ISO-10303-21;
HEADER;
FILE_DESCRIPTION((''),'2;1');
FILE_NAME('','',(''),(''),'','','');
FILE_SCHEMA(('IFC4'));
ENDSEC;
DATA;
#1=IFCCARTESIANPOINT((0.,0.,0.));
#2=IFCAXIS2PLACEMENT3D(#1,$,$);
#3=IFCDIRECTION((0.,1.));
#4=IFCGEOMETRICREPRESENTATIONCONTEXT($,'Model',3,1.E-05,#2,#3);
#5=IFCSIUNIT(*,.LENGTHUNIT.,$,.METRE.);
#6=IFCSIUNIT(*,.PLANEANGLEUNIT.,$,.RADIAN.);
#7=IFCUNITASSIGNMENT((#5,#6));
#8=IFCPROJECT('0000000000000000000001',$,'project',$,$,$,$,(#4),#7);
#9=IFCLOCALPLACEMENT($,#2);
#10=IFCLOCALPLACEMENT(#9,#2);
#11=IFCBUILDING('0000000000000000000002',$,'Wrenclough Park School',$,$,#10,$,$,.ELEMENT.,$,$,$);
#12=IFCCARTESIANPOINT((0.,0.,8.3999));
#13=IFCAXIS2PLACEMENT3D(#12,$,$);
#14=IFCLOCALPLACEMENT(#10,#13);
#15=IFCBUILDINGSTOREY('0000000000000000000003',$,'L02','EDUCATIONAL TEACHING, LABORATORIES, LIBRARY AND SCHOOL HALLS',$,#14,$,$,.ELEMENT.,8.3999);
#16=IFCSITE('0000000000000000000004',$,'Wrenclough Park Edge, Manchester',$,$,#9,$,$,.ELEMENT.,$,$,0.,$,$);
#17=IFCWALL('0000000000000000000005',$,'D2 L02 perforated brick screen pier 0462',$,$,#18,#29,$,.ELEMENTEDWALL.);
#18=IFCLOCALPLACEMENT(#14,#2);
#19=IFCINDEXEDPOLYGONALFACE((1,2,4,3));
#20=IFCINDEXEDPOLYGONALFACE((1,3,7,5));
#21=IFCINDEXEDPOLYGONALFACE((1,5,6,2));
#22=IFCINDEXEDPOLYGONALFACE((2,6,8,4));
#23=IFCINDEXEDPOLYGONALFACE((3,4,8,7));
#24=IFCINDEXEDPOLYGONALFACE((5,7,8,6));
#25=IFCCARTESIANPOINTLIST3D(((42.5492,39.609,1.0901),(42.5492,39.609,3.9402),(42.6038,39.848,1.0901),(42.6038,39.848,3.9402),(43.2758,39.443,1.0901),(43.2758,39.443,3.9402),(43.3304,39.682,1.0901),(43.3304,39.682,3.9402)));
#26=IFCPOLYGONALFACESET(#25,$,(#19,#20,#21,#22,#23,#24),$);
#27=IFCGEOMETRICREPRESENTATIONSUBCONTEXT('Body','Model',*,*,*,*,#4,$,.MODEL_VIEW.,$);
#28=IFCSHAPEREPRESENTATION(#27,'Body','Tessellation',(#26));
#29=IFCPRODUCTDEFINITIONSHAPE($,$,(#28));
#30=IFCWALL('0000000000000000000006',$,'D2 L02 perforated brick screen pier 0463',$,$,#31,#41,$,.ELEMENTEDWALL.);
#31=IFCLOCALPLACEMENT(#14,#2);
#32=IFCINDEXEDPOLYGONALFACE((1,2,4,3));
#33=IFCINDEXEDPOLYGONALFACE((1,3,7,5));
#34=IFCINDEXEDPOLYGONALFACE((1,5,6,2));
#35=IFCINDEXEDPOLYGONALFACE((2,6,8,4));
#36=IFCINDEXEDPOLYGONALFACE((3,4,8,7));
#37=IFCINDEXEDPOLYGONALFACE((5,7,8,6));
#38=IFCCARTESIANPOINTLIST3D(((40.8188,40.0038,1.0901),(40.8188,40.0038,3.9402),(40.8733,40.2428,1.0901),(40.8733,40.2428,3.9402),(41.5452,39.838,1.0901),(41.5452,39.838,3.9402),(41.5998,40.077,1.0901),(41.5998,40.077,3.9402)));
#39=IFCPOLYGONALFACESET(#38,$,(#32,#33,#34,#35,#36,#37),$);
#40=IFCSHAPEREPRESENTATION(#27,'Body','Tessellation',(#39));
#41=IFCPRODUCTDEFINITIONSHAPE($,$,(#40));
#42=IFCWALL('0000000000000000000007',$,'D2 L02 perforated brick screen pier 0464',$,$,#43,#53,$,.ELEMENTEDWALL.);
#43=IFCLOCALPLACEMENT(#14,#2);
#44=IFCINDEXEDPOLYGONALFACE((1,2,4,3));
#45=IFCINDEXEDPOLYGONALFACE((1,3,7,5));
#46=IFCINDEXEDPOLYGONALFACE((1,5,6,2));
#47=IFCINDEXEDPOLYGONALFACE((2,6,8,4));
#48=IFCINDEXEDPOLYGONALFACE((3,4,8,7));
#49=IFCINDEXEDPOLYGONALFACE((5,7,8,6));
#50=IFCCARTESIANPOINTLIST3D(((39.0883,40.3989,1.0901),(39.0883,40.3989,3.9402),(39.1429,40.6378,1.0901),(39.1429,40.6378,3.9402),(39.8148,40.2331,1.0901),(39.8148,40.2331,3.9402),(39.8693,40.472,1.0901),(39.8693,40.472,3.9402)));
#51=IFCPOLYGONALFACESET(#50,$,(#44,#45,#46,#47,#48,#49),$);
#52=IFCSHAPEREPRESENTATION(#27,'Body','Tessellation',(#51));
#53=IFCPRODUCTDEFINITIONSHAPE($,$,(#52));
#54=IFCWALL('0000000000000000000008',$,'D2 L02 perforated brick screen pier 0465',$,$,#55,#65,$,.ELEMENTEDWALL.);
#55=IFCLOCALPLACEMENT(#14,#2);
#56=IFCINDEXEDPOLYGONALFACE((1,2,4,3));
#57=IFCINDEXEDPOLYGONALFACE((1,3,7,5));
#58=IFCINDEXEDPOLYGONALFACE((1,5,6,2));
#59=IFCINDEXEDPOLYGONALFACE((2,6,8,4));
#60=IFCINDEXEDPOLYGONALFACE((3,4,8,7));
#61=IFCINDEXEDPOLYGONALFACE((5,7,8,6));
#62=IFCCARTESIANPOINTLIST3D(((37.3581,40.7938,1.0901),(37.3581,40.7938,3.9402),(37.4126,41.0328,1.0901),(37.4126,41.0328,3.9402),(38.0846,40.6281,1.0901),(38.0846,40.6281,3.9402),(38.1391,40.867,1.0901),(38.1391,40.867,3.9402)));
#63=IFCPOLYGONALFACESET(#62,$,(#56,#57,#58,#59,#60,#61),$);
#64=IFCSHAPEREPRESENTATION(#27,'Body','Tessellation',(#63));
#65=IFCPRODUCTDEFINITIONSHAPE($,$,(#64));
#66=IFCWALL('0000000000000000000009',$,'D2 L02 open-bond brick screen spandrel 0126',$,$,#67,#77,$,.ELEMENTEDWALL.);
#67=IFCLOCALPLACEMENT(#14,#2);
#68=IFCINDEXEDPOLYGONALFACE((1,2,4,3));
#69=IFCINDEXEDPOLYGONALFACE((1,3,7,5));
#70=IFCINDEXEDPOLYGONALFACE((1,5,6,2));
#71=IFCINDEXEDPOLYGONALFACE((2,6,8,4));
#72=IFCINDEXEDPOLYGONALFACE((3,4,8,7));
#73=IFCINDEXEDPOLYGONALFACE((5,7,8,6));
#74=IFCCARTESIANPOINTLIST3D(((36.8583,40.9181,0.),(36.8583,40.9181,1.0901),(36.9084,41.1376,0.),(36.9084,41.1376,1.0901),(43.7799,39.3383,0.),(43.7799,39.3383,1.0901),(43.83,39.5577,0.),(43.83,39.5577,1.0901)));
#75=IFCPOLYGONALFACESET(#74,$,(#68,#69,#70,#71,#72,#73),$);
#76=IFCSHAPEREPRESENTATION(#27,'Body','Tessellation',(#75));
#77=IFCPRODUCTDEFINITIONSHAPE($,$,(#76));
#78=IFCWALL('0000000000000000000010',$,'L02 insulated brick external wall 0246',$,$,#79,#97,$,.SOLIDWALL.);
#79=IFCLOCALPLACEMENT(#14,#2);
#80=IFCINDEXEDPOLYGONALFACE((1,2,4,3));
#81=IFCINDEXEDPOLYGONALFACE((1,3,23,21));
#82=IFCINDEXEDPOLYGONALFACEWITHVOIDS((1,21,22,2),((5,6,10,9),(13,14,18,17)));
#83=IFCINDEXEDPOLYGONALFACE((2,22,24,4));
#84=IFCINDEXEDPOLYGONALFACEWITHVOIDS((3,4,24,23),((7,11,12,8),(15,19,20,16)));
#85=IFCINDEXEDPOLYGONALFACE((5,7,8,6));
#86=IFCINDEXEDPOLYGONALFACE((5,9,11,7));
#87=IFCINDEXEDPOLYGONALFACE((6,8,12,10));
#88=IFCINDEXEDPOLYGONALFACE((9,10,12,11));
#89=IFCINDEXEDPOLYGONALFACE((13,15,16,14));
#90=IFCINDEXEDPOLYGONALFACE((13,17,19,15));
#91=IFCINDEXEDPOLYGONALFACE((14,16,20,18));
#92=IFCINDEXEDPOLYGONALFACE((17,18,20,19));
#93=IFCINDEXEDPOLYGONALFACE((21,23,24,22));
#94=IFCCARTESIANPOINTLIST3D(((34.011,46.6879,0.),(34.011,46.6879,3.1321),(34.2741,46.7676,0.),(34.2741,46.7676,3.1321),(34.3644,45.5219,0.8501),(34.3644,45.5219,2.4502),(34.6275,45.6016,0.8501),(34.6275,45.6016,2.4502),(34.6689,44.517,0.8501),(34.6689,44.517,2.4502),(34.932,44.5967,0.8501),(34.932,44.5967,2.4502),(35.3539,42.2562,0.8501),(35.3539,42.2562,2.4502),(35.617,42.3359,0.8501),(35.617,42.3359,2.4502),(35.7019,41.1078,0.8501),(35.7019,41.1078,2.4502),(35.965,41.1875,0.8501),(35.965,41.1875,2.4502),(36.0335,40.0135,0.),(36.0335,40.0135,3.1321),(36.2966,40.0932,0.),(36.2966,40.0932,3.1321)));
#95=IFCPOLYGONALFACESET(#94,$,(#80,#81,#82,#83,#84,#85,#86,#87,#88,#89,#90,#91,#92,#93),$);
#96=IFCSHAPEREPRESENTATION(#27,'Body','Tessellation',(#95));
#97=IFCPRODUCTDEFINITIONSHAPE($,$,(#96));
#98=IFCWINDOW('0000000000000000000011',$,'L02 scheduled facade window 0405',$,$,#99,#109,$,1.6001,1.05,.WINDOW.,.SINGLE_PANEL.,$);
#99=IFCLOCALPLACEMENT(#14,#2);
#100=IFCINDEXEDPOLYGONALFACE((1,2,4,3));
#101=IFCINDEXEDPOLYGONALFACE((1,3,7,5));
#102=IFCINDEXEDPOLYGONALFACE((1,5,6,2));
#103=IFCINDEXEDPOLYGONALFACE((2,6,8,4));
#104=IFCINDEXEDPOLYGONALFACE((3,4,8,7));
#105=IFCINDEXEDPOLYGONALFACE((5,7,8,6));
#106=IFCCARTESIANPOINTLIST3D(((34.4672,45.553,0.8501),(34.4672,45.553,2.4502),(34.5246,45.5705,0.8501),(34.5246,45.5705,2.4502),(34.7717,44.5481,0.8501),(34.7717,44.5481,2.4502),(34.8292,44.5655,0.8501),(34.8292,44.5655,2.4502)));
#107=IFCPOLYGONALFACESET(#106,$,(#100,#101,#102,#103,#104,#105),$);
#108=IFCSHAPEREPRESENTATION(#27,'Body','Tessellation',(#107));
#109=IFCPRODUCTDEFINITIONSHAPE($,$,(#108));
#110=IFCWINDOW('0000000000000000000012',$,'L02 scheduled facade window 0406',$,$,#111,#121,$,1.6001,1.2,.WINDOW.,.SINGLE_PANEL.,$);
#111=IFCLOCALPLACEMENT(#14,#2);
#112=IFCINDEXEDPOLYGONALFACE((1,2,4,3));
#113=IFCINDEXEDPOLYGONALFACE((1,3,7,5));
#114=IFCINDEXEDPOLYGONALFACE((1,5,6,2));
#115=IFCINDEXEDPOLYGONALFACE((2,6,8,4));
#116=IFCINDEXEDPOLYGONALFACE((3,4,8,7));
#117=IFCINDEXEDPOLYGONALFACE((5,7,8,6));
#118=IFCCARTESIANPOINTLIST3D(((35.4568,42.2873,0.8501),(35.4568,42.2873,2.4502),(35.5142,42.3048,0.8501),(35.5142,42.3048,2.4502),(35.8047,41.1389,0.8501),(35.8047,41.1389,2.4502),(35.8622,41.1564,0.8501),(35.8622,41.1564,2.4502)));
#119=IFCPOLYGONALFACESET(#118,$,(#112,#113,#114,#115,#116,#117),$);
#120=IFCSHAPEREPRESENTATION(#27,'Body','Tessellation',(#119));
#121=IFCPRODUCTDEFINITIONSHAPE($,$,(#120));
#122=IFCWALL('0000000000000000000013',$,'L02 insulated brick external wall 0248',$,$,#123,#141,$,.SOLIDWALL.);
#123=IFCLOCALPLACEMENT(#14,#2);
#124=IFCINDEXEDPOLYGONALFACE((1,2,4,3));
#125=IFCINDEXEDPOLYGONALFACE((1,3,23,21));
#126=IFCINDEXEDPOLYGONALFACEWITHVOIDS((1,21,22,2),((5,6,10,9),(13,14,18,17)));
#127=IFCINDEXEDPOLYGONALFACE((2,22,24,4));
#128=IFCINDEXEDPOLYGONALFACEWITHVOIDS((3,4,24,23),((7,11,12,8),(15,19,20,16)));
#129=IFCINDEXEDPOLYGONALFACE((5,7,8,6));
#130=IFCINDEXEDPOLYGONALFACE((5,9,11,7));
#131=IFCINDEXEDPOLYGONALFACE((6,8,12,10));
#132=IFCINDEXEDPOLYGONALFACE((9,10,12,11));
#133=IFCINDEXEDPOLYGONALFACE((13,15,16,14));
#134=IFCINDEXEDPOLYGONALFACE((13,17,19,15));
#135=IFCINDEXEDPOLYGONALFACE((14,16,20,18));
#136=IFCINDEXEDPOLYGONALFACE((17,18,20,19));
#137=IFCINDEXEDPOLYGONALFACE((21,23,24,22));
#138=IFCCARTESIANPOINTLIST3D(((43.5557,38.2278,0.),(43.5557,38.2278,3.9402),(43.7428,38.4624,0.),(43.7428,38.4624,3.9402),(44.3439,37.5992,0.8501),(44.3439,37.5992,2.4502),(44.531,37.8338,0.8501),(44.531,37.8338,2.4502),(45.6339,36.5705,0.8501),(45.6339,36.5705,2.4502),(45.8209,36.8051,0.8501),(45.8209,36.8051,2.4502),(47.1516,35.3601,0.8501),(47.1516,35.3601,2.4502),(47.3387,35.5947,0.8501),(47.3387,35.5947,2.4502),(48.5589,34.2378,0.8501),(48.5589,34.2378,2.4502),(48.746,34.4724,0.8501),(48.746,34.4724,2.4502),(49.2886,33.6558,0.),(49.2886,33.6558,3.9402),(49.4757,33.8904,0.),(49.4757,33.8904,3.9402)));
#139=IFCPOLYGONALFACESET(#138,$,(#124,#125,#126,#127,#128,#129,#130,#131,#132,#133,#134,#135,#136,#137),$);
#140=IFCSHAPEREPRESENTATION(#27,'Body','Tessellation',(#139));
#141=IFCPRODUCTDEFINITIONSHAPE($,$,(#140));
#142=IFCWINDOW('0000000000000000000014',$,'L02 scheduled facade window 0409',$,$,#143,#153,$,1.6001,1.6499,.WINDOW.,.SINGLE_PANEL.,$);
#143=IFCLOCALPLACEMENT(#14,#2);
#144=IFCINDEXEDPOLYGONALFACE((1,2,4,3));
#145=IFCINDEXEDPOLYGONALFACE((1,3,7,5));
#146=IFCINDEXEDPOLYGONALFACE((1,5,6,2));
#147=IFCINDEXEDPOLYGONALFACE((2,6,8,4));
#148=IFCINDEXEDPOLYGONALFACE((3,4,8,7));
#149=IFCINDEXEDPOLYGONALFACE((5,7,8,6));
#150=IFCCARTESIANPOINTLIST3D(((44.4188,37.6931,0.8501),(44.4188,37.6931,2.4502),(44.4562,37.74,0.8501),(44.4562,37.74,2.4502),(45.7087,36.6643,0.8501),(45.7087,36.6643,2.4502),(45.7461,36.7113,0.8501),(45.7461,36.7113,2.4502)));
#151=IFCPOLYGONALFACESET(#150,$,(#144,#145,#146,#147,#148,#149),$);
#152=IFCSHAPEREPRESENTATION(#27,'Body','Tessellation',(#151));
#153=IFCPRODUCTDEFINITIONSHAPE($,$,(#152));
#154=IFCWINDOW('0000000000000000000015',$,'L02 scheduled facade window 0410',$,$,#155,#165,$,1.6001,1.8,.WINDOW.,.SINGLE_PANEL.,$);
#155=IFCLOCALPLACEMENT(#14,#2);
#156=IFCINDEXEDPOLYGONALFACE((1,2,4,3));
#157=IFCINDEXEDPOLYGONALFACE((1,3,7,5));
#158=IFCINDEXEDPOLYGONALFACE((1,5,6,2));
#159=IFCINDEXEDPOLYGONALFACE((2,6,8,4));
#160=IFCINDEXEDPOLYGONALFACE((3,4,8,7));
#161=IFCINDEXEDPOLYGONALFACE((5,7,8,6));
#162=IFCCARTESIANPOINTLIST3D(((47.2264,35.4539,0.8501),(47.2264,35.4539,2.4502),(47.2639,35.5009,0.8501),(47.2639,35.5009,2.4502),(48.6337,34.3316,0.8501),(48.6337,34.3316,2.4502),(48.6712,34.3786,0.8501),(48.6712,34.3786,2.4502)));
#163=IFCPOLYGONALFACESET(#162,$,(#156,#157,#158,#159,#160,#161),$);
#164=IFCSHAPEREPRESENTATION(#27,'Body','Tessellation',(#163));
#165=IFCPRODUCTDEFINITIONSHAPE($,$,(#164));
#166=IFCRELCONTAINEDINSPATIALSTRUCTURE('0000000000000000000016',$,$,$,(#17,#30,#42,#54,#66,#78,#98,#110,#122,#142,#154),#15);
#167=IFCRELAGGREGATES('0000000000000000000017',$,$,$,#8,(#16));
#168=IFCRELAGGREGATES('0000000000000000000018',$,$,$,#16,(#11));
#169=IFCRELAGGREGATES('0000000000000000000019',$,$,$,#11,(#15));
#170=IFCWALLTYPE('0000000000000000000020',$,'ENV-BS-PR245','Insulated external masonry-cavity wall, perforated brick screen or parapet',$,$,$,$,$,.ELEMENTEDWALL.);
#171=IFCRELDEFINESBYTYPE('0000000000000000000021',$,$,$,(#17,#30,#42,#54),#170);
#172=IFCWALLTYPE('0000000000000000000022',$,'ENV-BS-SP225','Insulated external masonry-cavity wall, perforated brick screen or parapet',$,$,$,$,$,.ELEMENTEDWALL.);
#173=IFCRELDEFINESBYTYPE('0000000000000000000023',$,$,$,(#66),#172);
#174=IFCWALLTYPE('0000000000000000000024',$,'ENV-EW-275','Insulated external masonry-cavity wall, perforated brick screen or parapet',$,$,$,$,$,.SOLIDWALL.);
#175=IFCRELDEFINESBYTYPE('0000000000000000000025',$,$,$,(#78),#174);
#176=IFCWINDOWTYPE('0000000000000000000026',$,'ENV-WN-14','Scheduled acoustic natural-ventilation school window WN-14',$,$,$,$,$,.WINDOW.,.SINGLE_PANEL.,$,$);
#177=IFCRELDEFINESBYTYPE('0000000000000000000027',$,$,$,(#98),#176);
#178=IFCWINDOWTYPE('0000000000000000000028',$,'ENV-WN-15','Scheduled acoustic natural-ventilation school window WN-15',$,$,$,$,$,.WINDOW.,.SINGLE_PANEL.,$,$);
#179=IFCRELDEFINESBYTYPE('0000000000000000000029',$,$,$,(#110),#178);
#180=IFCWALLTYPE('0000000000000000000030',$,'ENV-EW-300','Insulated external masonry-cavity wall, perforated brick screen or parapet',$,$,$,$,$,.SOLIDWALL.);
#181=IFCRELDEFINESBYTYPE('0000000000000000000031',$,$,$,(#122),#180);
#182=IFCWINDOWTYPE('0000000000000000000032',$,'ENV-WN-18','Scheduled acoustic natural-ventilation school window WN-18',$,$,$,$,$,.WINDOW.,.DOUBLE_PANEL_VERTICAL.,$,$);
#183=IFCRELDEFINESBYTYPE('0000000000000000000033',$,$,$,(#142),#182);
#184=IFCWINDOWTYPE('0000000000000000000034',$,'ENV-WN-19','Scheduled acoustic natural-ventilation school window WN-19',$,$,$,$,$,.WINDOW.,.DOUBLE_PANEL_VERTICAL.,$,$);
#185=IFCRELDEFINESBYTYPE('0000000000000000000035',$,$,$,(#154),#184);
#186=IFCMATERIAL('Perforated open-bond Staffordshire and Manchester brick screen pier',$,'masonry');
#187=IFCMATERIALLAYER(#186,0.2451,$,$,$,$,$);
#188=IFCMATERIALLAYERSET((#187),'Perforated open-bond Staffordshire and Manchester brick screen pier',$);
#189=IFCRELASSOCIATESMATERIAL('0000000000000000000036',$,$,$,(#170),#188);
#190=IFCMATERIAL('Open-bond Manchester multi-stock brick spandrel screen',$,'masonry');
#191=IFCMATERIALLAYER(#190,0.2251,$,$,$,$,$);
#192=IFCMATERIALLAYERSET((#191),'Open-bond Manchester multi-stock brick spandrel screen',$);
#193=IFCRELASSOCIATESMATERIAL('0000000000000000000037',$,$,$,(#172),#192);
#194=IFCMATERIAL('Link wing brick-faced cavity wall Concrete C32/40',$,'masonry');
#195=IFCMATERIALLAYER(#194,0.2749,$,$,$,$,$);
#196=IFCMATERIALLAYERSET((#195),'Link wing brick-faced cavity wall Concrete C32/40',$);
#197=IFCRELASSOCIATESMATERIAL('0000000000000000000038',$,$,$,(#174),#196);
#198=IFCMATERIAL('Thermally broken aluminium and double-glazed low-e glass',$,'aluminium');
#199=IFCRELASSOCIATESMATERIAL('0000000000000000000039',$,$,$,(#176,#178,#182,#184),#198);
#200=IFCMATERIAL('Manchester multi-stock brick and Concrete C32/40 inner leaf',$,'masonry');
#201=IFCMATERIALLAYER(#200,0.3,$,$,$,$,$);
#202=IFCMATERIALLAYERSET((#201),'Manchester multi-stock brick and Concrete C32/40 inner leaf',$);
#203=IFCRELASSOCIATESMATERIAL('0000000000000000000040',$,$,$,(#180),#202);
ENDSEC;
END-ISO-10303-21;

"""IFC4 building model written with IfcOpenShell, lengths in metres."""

from ifc_helpers import new_model, si_unit, direction, frame, frame_2d, origin, place, context, subcontext, project, spatial, rectangle, extrude, material, layer, layer_set, type_object, element, fill, save


model = new_model("IFC4")

# Units and contexts
model_context = context("Model", 3, precision=1e-05, world=origin(), true_north=direction((0.0, 1.0)))
body_context = subcontext(model_context, "Body", "Model", "MODEL_VIEW")
ifc_project = project(units=[si_unit("LENGTHUNIT", "METRE"), si_unit("PLANEANGLEUNIT", "RADIAN")], contexts=[model_context])

# Site, building, storey
site_placement = place(None, origin())
site = spatial("IfcSite", under=ifc_project, at=site_placement, Name="Wrenclough Park Edge, Manchester", CompositionType="ELEMENT", RefElevation=0.0)
building_placement = place(site_placement, origin())
building = spatial("IfcBuilding", under=site, at=building_placement, Name="Wrenclough Park School", CompositionType="ELEMENT")
storey_placement = place(building_placement, frame((0.0, 0.0, 8.3999)))
storey = spatial("IfcBuildingStorey", under=building, at=storey_placement, Name="L02", Description="EDUCATIONAL TEACHING, LABORATORIES, LIBRARY AND SCHOOL HALLS", CompositionType="ELEMENT", Elevation=8.3999)

# Walls
ifc_material_1 = material(Name="Perforated open-bond Staffordshire and Manchester brick screen pier", Category="masonry")
ifc_layer_1 = layer(ifc_material_1, 0.2451)
ifc_layer_set_1 = layer_set([ifc_layer_1], Name="Perforated open-bond Staffordshire and Manchester brick screen pier")
wall_type_1 = type_object("IfcWallType", Name="ENV-BS-PR245", Description="Insulated external masonry-cavity wall, perforated brick screen or parapet", PredefinedType="ELEMENTEDWALL", material=ifc_layer_set_1)
wall_1_placement = place(storey_placement, frame((43.303, 39.5625, 1.0901), z_axis=(0.0, 0.0, 1.0), x_axis=(-0.974875, 0.222754, 0.0)))
element("IfcWall", 1, at=wall_1_placement, inside=storey, type_object=wall_type_1, Name="D2 L02 perforated brick screen pier 0462", PredefinedType="ELEMENTEDWALL", context=body_context, shape_type="SweptSolid", body=[
    extrude(rectangle(XDim=0.7454, YDim=0.2451, at=frame_2d((0.3726, 0.0))), origin(), (0.0, 0.0, 1.0), 2.8501),
])
for number, where, z_axis, x_axis, name in (
    (2, (41.5725, 39.9575, 1.0901), (0.0, 0.0, 1.0), (-0.97493, 0.222513, 0.0), "D2 L02 perforated brick screen pier 0463"),
    (3, (39.842, 40.3525, 1.0901), (0.0, 0.0, 1.0), (-0.97493, 0.222513, 0.0), "D2 L02 perforated brick screen pier 0464"),
    (4, (38.1118, 40.7476, 1.0901), (0.0, 0.0, 1.0), (-0.974946, 0.222442, 0.0), "D2 L02 perforated brick screen pier 0465"),
):
    element("IfcWall", number, at=place(storey_placement, frame(where, z_axis=z_axis, x_axis=x_axis)), inside=storey, type_object=wall_type_1, Name=name, PredefinedType="ELEMENTEDWALL", context=body_context, shape_type="SweptSolid", body=[
        extrude(rectangle(XDim=0.7451, YDim=0.2451, at=frame_2d((0.3726, 0.0))), origin(), (0.0, 0.0, 1.0), 2.8501),
    ])
ifc_material_2 = material(Name="Open-bond Manchester multi-stock brick spandrel screen", Category="masonry")
ifc_layer_2 = layer(ifc_material_2, 0.2251)
ifc_layer_set_2 = layer_set([ifc_layer_2], Name="Open-bond Manchester multi-stock brick spandrel screen")
wall_type_2 = type_object("IfcWallType", Name="ENV-BS-SP225", Description="Insulated external masonry-cavity wall, perforated brick screen or parapet", PredefinedType="ELEMENTEDWALL", material=ifc_layer_set_2)
wall_2_placement = place(storey_placement, frame((43.8049, 39.448, 0.0), z_axis=(0.0, 0.0, 1.0), x_axis=(-0.974927, 0.222523, 0.0)))
element("IfcWall", 5, at=wall_2_placement, inside=storey, type_object=wall_type_2, Name="D2 L02 open-bond brick screen spandrel 0126", PredefinedType="ELEMENTEDWALL", context=body_context, shape_type="SweptSolid", body=[
    extrude(rectangle(XDim=7.0996, YDim=0.2251, at=frame_2d((3.5498, 0.0))), origin(), (0.0, 0.0, 1.0), 1.0901),
])

# Walls, openings, windows
ifc_material_3 = material(Name="Link wing brick-faced cavity wall Concrete C32/40", Category="masonry")
ifc_layer_3 = layer(ifc_material_3, 0.2749)
ifc_layer_set_3 = layer_set([ifc_layer_3], Name="Link wing brick-faced cavity wall Concrete C32/40")
wall_type_3 = type_object("IfcWallType", Name="ENV-EW-275", Description="Insulated external masonry-cavity wall, perforated brick screen or parapet", PredefinedType="SOLIDWALL", material=ifc_layer_set_3)
wall_3_placement = place(storey_placement, frame((34.1426, 46.7278, 0.0), z_axis=(0.0, 0.0, 1.0), x_axis=(0.29, -0.957027, 0.0)))
wall_3 = element("IfcWall", 6, at=wall_3_placement, inside=storey, type_object=wall_type_3, Name="L02 insulated brick external wall 0246", PredefinedType="SOLIDWALL", context=body_context, shape_type="SweptSolid", body=[
    extrude(rectangle(XDim=6.9741, YDim=0.2749, at=frame_2d((3.4871, 0.0))), origin(), (0.0, 0.0, 1.0), 3.1321),
])
opening_1_placement = place(wall_3_placement, frame((1.2185, 0.0, 0.8501)))
opening_1 = element("IfcOpeningElement", 7, at=opening_1_placement, cuts=wall_3, PredefinedType="OPENING", context=body_context, shape_type="SweptSolid", body=[
    extrude(rectangle(XDim=1.05, YDim=1.6001, at=frame_2d((0.5249, 0.8))), frame((0.0, 0.1475, 0.0), z_axis=(0.0, -1.0, 0.0), x_axis=(1.0, 0.0, 0.0)), (0.0, 0.0, 1.0), 0.2949),
])
opening_2_placement = place(wall_3_placement, frame((4.6306, 0.0, 0.8501)))
opening_2 = element("IfcOpeningElement", 8, at=opening_2_placement, cuts=wall_3, PredefinedType="OPENING", context=body_context, shape_type="SweptSolid", body=[
    extrude(rectangle(XDim=1.2, YDim=1.6001, at=frame_2d((0.6001, 0.8))), frame((0.0, 0.1475, 0.0), z_axis=(0.0, -1.0, 0.0), x_axis=(1.0, 0.0, 0.0)), (0.0, 0.0, 1.0), 0.2949),
])
ifc_material_4 = material(Name="Thermally broken aluminium and double-glazed low-e glass", Category="aluminium")
window_type_1 = type_object("IfcWindowType", Name="ENV-WN-14", Description="Scheduled acoustic natural-ventilation school window WN-14", PartitioningType="SINGLE_PANEL", PredefinedType="WINDOW", material=ifc_material_4)
window_1_placement = place(opening_1_placement, origin())
window_1 = element("IfcWindow", 9, at=window_1_placement, inside=storey, type_object=window_type_1, Name="L02 scheduled facade window 0405", OverallHeight=1.6001, OverallWidth=1.05, PartitioningType="SINGLE_PANEL", PredefinedType="WINDOW", context=body_context, shape_type="SweptSolid", body=[
    extrude(rectangle(XDim=1.05, YDim=1.6001, at=frame_2d((0.5249, 0.8))), frame((0.0, 0.03, 0.0), z_axis=(0.0, -1.0, 0.0), x_axis=(1.0, 0.0, 0.0)), (0.0, 0.0, 1.0), 0.0601),
])
fill(opening_1, window_1)
window_type_2 = type_object("IfcWindowType", Name="ENV-WN-15", Description="Scheduled acoustic natural-ventilation school window WN-15", PartitioningType="SINGLE_PANEL", PredefinedType="WINDOW", material=ifc_material_4)
window_2_placement = place(opening_2_placement, origin())
window_2 = element("IfcWindow", 10, at=window_2_placement, inside=storey, type_object=window_type_2, Name="L02 scheduled facade window 0406", OverallHeight=1.6001, OverallWidth=1.2, PartitioningType="SINGLE_PANEL", PredefinedType="WINDOW", context=body_context, shape_type="SweptSolid", body=[
    extrude(rectangle(XDim=1.2, YDim=1.6001, at=frame_2d((0.6001, 0.8))), frame((0.0, 0.03, 0.0), z_axis=(0.0, -1.0, 0.0), x_axis=(1.0, 0.0, 0.0)), (0.0, 0.0, 1.0), 0.0601),
])
fill(opening_2, window_2)
ifc_material_5 = material(Name="Manchester multi-stock brick and Concrete C32/40 inner leaf", Category="masonry")
ifc_layer_4 = layer(ifc_material_5, 0.3)
ifc_layer_set_4 = layer_set([ifc_layer_4], Name="Manchester multi-stock brick and Concrete C32/40 inner leaf")
wall_type_4 = type_object("IfcWallType", Name="ENV-EW-300", Description="Insulated external masonry-cavity wall, perforated brick screen or parapet", PredefinedType="SOLIDWALL", material=ifc_layer_set_4)
wall_4_placement = place(storey_placement, frame((43.6492, 38.3452, 0.0), z_axis=(0.0, 0.0, 1.0), x_axis=(0.78182, -0.623505, 0.0)))
wall_4 = element("IfcWall", 11, at=wall_4_placement, inside=storey, type_object=wall_type_4, Name="L02 insulated brick external wall 0248", PredefinedType="SOLIDWALL", context=body_context, shape_type="SweptSolid", body=[
    extrude(rectangle(XDim=7.3328, YDim=0.3, at=frame_2d((3.6665, 0.0))), origin(), (0.0, 0.0, 1.0), 3.9402),
])
opening_3_placement = place(wall_4_placement, frame((1.0083, 0.0, 0.8501)))
opening_3 = element("IfcOpeningElement", 12, at=opening_3_placement, cuts=wall_4, PredefinedType="OPENING", context=body_context, shape_type="SweptSolid", body=[
    extrude(rectangle(XDim=1.6499, YDim=1.6001, at=frame_2d((0.825, 0.8))), frame((0.0, 0.1599, 0.0), z_axis=(0.0, -1.0, 0.0), x_axis=(1.0, 0.0, 0.0)), (0.0, 0.0, 1.0), 0.3201),
])
opening_4_placement = place(wall_4_placement, frame((4.5996, 0.0, 0.8501)))
opening_4 = element("IfcOpeningElement", 13, at=opening_4_placement, cuts=wall_4, PredefinedType="OPENING", context=body_context, shape_type="SweptSolid", body=[
    extrude(rectangle(XDim=1.8, YDim=1.6001, at=frame_2d((0.8999, 0.8))), frame((0.0, 0.1599, 0.0), z_axis=(0.0, -1.0, 0.0), x_axis=(1.0, 0.0, 0.0)), (0.0, 0.0, 1.0), 0.3201),
])
window_type_3 = type_object("IfcWindowType", Name="ENV-WN-18", Description="Scheduled acoustic natural-ventilation school window WN-18", PartitioningType="DOUBLE_PANEL_VERTICAL", PredefinedType="WINDOW", material=ifc_material_4)
window_3_placement = place(opening_3_placement, origin())
window_3 = element("IfcWindow", 14, at=window_3_placement, inside=storey, type_object=window_type_3, Name="L02 scheduled facade window 0409", OverallHeight=1.6001, OverallWidth=1.6499, PartitioningType="SINGLE_PANEL", PredefinedType="WINDOW", context=body_context, shape_type="SweptSolid", body=[
    extrude(rectangle(XDim=1.6499, YDim=1.6001, at=frame_2d((0.825, 0.8))), frame((0.0, 0.03, 0.0), z_axis=(0.0, -1.0, 0.0), x_axis=(1.0, 0.0, 0.0)), (0.0, 0.0, 1.0), 0.0601),
])
fill(opening_3, window_3)
window_type_4 = type_object("IfcWindowType", Name="ENV-WN-19", Description="Scheduled acoustic natural-ventilation school window WN-19", PartitioningType="DOUBLE_PANEL_VERTICAL", PredefinedType="WINDOW", material=ifc_material_4)
window_4_placement = place(opening_4_placement, origin())
window_4 = element("IfcWindow", 15, at=window_4_placement, inside=storey, type_object=window_type_4, Name="L02 scheduled facade window 0410", OverallHeight=1.6001, OverallWidth=1.8, PartitioningType="SINGLE_PANEL", PredefinedType="WINDOW", context=body_context, shape_type="SweptSolid", body=[
    extrude(rectangle(XDim=1.8, YDim=1.6001, at=frame_2d((0.8999, 0.8))), frame((0.0, 0.03, 0.0), z_axis=(0.0, -1.0, 0.0), x_axis=(1.0, 0.0, 0.0)), (0.0, 0.0, 1.0), 0.0601),
])
fill(opening_4, window_4)

save(model, "model.ifc")
